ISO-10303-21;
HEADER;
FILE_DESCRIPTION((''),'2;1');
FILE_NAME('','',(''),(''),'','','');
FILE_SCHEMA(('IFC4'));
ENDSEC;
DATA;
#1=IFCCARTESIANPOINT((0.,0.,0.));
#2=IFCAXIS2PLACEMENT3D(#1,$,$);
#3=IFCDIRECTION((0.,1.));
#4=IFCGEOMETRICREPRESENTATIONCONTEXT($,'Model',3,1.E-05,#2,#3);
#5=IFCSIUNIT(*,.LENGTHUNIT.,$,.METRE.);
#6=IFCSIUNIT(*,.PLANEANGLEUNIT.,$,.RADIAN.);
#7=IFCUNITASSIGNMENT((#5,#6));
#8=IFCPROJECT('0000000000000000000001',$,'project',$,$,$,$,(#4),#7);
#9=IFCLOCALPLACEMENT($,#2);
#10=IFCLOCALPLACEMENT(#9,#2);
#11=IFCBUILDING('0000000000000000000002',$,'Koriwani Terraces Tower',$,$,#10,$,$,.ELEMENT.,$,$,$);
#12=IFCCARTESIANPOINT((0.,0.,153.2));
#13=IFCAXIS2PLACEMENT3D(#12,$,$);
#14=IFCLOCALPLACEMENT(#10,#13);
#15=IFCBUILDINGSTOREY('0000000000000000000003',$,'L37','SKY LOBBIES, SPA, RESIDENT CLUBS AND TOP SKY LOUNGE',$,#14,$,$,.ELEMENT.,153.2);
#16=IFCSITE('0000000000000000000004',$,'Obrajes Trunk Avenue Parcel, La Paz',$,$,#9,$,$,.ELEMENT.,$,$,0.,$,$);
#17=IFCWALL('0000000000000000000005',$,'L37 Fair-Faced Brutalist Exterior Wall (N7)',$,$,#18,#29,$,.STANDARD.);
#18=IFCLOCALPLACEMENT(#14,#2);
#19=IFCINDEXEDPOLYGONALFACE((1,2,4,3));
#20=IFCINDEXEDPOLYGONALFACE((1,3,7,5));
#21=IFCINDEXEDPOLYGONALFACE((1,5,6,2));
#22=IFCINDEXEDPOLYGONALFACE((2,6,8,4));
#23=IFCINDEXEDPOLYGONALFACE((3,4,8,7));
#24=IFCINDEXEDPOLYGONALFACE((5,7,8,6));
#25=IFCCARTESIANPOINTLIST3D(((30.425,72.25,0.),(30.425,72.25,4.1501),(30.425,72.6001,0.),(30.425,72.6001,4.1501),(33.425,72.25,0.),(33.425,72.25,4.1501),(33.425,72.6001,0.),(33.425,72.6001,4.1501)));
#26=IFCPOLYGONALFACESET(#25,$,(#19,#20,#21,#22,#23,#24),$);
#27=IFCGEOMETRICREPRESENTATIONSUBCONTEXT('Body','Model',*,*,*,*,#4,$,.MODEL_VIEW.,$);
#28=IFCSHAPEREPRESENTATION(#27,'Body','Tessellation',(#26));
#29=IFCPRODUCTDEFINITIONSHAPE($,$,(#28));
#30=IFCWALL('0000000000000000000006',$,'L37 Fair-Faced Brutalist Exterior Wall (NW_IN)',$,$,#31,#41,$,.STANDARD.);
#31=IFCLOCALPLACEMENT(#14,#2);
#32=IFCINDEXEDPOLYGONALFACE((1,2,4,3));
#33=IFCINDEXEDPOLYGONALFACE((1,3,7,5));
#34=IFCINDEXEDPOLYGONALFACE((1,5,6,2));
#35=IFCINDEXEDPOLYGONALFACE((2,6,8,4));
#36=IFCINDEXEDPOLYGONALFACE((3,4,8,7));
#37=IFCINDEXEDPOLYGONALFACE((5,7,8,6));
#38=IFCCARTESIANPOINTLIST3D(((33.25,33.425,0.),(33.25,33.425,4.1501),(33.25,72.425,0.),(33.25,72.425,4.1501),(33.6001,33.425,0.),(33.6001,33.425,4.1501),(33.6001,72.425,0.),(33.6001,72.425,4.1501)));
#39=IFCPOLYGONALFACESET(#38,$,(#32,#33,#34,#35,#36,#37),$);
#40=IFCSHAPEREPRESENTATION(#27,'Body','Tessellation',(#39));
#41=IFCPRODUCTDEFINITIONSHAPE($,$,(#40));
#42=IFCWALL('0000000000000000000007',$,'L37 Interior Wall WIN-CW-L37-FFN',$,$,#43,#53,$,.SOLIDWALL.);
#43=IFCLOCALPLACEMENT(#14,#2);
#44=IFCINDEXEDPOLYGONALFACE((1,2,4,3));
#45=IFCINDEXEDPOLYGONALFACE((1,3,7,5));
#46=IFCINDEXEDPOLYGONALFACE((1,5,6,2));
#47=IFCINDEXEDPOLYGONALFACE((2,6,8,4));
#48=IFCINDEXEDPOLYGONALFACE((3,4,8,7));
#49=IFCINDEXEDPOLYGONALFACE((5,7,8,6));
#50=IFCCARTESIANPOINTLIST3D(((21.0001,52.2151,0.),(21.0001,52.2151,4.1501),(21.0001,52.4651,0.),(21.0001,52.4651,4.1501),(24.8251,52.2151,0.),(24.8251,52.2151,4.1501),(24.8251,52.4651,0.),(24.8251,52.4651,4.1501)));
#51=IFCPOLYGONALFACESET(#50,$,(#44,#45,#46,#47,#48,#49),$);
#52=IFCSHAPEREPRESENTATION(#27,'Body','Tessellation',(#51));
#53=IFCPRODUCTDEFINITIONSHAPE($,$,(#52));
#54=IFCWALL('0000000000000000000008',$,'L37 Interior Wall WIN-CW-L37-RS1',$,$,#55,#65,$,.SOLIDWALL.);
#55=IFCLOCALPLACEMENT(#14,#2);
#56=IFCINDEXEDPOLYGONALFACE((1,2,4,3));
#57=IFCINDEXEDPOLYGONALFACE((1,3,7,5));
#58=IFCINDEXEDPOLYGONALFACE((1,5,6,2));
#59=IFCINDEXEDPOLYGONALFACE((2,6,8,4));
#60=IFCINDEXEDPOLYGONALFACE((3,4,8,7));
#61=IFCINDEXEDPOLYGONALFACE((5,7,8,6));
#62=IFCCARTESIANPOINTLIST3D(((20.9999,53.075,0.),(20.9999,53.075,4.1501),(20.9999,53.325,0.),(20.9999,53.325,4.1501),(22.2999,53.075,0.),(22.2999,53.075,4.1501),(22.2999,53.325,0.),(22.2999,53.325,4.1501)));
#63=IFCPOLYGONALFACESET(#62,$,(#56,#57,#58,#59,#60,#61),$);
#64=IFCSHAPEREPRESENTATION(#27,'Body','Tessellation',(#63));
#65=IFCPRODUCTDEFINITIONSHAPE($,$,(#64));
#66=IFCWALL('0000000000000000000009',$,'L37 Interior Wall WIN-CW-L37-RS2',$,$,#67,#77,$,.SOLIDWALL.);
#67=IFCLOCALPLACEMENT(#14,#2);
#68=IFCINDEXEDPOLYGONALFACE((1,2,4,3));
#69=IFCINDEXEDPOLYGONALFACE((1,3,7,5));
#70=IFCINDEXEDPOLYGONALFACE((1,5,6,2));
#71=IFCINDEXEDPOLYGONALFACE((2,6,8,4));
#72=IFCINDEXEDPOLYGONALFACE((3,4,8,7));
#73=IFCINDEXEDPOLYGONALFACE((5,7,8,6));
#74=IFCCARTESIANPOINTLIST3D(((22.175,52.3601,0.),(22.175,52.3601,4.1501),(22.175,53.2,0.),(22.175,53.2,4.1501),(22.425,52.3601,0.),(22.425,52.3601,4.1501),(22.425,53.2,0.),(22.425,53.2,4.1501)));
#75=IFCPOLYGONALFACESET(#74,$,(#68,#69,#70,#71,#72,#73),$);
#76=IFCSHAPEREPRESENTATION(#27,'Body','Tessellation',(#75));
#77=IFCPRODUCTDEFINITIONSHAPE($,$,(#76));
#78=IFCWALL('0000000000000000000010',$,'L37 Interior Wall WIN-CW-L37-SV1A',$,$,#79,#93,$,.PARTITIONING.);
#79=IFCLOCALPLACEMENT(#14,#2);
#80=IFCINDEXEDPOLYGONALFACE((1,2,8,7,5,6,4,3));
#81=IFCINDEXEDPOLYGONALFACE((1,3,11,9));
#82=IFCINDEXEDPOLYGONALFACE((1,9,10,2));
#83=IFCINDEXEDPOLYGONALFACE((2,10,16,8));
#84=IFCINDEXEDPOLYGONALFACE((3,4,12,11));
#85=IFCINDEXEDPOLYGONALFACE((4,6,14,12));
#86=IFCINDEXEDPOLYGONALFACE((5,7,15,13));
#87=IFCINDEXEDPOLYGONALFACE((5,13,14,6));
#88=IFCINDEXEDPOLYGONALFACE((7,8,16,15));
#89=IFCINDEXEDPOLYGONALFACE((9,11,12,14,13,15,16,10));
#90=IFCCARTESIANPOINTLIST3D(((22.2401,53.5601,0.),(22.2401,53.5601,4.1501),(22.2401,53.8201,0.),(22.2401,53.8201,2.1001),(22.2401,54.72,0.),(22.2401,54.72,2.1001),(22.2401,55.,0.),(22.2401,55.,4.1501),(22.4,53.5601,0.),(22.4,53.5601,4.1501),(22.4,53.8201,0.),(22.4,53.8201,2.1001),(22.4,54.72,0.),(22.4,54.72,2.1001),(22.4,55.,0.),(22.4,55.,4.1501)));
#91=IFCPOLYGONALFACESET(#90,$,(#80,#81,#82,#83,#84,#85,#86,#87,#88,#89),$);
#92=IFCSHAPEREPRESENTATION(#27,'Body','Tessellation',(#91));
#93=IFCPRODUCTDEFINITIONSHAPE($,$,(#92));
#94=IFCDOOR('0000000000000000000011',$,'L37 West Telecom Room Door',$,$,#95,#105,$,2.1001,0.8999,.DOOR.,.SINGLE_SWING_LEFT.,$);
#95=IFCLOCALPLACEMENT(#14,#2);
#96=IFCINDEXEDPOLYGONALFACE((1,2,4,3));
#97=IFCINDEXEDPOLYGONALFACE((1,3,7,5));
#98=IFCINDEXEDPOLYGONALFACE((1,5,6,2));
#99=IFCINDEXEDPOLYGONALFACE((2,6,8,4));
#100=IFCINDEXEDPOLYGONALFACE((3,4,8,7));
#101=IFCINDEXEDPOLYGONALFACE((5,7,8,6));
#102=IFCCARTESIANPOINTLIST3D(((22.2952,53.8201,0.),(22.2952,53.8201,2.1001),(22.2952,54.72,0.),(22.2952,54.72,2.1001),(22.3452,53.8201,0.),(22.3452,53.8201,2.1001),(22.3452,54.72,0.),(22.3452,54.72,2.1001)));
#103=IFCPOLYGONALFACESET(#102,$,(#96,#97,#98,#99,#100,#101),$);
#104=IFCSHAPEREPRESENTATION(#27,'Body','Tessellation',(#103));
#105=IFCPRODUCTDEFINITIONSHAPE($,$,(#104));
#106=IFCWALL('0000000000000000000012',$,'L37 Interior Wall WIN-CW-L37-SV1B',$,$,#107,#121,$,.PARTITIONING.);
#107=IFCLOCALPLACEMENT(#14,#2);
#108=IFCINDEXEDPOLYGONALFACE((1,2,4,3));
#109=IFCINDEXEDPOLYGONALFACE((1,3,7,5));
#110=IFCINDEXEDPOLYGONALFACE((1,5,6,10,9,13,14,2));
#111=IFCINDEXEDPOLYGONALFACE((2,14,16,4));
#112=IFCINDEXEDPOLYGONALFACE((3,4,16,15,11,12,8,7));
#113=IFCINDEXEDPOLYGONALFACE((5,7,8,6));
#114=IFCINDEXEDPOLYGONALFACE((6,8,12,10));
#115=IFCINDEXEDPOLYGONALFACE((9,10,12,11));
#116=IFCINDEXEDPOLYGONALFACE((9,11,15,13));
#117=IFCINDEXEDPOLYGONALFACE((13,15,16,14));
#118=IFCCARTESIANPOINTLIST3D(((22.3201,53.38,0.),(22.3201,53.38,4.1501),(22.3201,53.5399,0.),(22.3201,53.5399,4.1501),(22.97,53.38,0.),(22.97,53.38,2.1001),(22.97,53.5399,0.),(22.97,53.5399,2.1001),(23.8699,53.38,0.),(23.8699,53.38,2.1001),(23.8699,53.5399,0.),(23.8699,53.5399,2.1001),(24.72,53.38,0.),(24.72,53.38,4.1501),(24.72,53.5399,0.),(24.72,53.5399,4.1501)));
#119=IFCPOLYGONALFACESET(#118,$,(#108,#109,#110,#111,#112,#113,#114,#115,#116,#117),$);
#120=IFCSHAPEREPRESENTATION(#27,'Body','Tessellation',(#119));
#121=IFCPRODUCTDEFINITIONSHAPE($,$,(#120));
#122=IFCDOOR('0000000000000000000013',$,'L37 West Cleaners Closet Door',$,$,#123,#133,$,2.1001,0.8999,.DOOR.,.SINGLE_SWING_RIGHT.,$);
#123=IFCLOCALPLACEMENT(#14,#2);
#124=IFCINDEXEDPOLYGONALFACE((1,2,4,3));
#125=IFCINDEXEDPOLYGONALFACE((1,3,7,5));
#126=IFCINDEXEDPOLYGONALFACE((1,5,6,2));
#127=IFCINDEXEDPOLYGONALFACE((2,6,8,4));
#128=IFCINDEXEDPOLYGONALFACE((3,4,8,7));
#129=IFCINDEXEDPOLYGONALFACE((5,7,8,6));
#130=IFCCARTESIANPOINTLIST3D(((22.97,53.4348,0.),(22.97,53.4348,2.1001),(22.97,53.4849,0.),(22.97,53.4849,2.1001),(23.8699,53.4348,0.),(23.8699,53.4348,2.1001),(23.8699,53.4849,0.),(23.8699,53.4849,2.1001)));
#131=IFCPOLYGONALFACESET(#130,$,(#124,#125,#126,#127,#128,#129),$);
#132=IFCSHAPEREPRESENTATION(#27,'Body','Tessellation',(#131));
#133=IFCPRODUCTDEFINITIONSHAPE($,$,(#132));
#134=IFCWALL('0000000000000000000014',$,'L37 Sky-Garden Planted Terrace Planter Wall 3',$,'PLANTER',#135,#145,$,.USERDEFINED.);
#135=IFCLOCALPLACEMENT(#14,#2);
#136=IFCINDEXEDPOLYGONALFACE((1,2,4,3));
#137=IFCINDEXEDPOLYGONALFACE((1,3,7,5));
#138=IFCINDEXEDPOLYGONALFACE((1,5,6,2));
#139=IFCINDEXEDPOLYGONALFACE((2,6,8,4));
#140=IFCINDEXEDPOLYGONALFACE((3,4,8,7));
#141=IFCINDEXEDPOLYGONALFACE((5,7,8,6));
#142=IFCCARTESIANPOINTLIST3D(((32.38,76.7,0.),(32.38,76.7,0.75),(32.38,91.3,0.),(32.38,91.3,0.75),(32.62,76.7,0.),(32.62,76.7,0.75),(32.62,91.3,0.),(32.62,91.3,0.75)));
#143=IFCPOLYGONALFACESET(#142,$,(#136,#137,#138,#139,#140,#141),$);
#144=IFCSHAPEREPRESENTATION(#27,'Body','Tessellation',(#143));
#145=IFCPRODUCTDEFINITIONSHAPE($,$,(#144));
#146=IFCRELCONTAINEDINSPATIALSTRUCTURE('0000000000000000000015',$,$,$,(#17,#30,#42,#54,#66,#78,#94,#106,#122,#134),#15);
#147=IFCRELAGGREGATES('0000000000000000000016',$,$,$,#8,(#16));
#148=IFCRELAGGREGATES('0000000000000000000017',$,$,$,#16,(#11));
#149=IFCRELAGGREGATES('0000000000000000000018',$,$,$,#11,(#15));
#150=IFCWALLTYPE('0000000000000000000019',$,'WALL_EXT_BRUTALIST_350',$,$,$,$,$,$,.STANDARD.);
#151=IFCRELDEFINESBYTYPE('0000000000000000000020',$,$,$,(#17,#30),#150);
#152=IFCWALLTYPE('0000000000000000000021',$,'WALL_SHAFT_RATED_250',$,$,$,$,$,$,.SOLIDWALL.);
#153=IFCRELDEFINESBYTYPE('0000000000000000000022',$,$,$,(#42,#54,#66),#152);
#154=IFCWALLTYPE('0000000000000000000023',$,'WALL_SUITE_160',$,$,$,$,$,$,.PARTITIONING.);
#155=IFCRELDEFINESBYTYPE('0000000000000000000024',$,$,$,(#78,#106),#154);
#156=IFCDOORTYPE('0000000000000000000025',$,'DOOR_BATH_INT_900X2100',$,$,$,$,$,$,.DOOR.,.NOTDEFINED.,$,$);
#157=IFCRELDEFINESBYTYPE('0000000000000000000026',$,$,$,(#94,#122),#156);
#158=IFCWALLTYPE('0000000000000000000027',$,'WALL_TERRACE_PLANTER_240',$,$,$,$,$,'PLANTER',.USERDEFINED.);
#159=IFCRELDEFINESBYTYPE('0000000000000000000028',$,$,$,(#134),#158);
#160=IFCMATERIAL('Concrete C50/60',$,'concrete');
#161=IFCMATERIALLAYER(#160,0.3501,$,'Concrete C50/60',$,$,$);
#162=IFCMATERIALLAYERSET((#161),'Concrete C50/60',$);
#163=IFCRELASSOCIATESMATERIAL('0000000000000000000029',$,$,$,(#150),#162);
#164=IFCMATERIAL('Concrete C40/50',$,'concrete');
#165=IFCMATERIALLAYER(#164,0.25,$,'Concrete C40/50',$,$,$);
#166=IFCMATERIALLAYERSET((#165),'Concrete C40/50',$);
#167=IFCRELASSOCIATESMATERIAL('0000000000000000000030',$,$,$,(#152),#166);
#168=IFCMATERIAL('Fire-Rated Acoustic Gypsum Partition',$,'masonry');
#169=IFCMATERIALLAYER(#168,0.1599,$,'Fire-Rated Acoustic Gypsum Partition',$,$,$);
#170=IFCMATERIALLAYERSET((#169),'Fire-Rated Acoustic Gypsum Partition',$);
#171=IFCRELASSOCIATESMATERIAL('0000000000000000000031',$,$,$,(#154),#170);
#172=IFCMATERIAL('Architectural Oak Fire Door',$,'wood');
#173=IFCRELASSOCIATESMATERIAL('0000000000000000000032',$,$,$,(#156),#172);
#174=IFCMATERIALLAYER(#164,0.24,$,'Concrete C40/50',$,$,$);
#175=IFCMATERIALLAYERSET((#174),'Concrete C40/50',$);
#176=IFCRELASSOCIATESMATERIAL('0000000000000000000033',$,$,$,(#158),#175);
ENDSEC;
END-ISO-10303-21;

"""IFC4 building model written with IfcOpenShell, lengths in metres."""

from ifc_helpers import new_model, si_unit, direction, frame, frame_2d, origin, place, context, subcontext, project, spatial, rectangle, extrude, material, layer, layer_set, type_object, element, fill, save


model = new_model("IFC4")

# Units and contexts
model_context = context("Model", 3, precision=1e-05, world=origin(), true_north=direction((0.0, 1.0)))
body_context = subcontext(model_context, "Body", "Model", "MODEL_VIEW")
ifc_project = project(units=[si_unit("LENGTHUNIT", "METRE"), si_unit("PLANEANGLEUNIT", "RADIAN")], contexts=[model_context])

# Site, building, storey
site_placement = place(None, origin())
site = spatial("IfcSite", under=ifc_project, at=site_placement, Name="Obrajes Trunk Avenue Parcel, La Paz", CompositionType="ELEMENT", RefElevation=0.0)
building_placement = place(site_placement, origin())
building = spatial("IfcBuilding", under=site, at=building_placement, Name="Koriwani Terraces Tower", CompositionType="ELEMENT")
storey_placement = place(building_placement, frame((0.0, 0.0, 153.2)))
storey = spatial("IfcBuildingStorey", under=building, at=storey_placement, Name="L37", Description="SKY LOBBIES, SPA, RESIDENT CLUBS AND TOP SKY LOUNGE", CompositionType="ELEMENT", Elevation=153.2)

# Shared definitions
ifc_material_1 = material(Name="Concrete C50/60", Category="concrete")

# Walls
ifc_layer_1 = layer(ifc_material_1, 0.3501, Name="Concrete C50/60")
ifc_layer_set_1 = layer_set([ifc_layer_1], Name="Concrete C50/60")
wall_type_1 = type_object("IfcWallType", Name="WALL_EXT_BRUTALIST_350", PredefinedType="STANDARD", material=ifc_layer_set_1)
for number, where, z_axis, x_axis, name in (
    (1, (30.425, 72.425, 0.0), (0.0, 0.0, 1.0), (1.0, 0.0, 0.0), "L37 Fair-Faced Brutalist Exterior Wall (N7)"),
):
    element("IfcWall", number, at=place(storey_placement, frame(where, z_axis=z_axis, x_axis=x_axis)), inside=storey, type_object=wall_type_1, Name=name, PredefinedType="STANDARD", context=body_context, shape_type="SweptSolid", body=[
        extrude(rectangle(XDim=3.0, YDim=0.3501, at=frame_2d((1.5, 0.0))), origin(), (0.0, 0.0, 1.0), 4.1501),
    ])
wall_1_placement = place(storey_placement, frame((33.425, 72.425, 0.0), z_axis=(0.0, 0.0, 1.0), x_axis=(0.0, -1.0, 0.0)))
element("IfcWall", 2, at=wall_1_placement, inside=storey, type_object=wall_type_1, Name="L37 Fair-Faced Brutalist Exterior Wall (NW_IN)", PredefinedType="STANDARD", context=body_context, shape_type="SweptSolid", body=[
    extrude(rectangle(XDim=39.0, YDim=0.3501, at=frame_2d((19.5, 0.0))), origin(), (0.0, 0.0, 1.0), 4.1501),
])

# Shared definitions
ifc_material_2 = material(Name="Concrete C40/50", Category="concrete")
ifc_layer_2 = layer(ifc_material_2, 0.25, Name="Concrete C40/50")
ifc_layer_set_2 = layer_set([ifc_layer_2], Name="Concrete C40/50")
wall_type_2 = type_object("IfcWallType", Name="WALL_SHAFT_RATED_250", PredefinedType="SOLIDWALL", material=ifc_layer_set_2)

# Wall
wall_2_placement = place(storey_placement, frame((21.0, 52.3401, 0.0), z_axis=(0.0, 0.0, 1.0), x_axis=(1.0, 0.0, 0.0)))
element("IfcWall", 3, at=wall_2_placement, inside=storey, type_object=wall_type_2, Name="L37 Interior Wall WIN-CW-L37-FFN", PredefinedType="SOLIDWALL", context=body_context, shape_type="SweptSolid", body=[
    extrude(rectangle(XDim=3.825, YDim=0.25, at=frame_2d((1.9126, 0.0))), origin(), (0.0, 0.0, 1.0), 4.1501),
])

# Walls
wall_3_placement = place(storey_placement, frame((21.0, 53.2, 0.0), z_axis=(0.0, 0.0, 1.0), x_axis=(1.0, 0.0, 0.0)))
element("IfcWall", 4, at=wall_3_placement, inside=storey, type_object=wall_type_2, Name="L37 Interior Wall WIN-CW-L37-RS1", PredefinedType="SOLIDWALL", context=body_context, shape_type="SweptSolid", body=[
    extrude(rectangle(XDim=1.3, YDim=0.25, at=frame_2d((0.6499, 0.0))), origin(), (0.0, 0.0, 1.0), 4.1501),
])
wall_4_placement = place(storey_placement, frame((22.3, 52.3601, 0.0), z_axis=(0.0, 0.0, 1.0), x_axis=(0.0, 1.0, 0.0)))
element("IfcWall", 5, at=wall_4_placement, inside=storey, type_object=wall_type_2, Name="L37 Interior Wall WIN-CW-L37-RS2", PredefinedType="SOLIDWALL", context=body_context, shape_type="SweptSolid", body=[
    extrude(rectangle(XDim=0.8398, YDim=0.25, at=frame_2d((0.4199, 0.0))), origin(), (0.0, 0.0, 1.0), 4.1501),
])

# Walls, openings, doors
ifc_material_3 = material(Name="Fire-Rated Acoustic Gypsum Partition", Category="masonry")
ifc_layer_3 = layer(ifc_material_3, 0.1599, Name="Fire-Rated Acoustic Gypsum Partition")
ifc_layer_set_3 = layer_set([ifc_layer_3], Name="Fire-Rated Acoustic Gypsum Partition")
wall_type_3 = type_object("IfcWallType", Name="WALL_SUITE_160", PredefinedType="PARTITIONING", material=ifc_layer_set_3)
wall_5_placement = place(storey_placement, frame((22.3201, 53.5601, 0.0), z_axis=(0.0, 0.0, 1.0), x_axis=(0.0, 1.0, 0.0)))
wall_5 = element("IfcWall", 6, at=wall_5_placement, inside=storey, type_object=wall_type_3, Name="L37 Interior Wall WIN-CW-L37-SV1A", PredefinedType="PARTITIONING", context=body_context, shape_type="SweptSolid", body=[
    extrude(rectangle(XDim=1.4399, YDim=0.1599, at=frame_2d((0.72, 0.0))), origin(), (0.0, 0.0, 1.0), 4.1501),
])
opening_1_placement = place(wall_5_placement, frame((0.26, 0.0, 0.0)))
opening_1 = element("IfcOpeningElement", 7, at=opening_1_placement, cuts=wall_5, PredefinedType="OPENING", context=body_context, shape_type="SweptSolid", body=[
    extrude(rectangle(XDim=0.8999, YDim=2.1001, at=frame_2d((0.45, 1.05))), frame((0.0, 0.0898, 0.0), z_axis=(0.0, -1.0, 0.0), x_axis=(1.0, 0.0, 0.0)), (0.0, 0.0, 1.0), 0.1799),
])
ifc_material_4 = material(Name="Architectural Oak Fire Door", Category="wood")
door_type_1 = type_object("IfcDoorType", Name="DOOR_BATH_INT_900X2100", OperationType="NOTDEFINED", PredefinedType="DOOR", material=ifc_material_4)
door_1_placement = place(opening_1_placement, origin())
door_1 = element("IfcDoor", 8, at=door_1_placement, inside=storey, type_object=door_type_1, Name="L37 West Telecom Room Door", OperationType="SINGLE_SWING_LEFT", OverallHeight=2.1001, OverallWidth=0.8999, PredefinedType="DOOR", context=body_context, shape_type="SweptSolid", body=[
    extrude(rectangle(XDim=0.8999, YDim=2.1001, at=frame_2d((0.45, 1.05))), frame((0.0, 0.0249, 0.0), z_axis=(0.0, -1.0, 0.0), x_axis=(1.0, 0.0, 0.0)), (0.0, 0.0, 1.0), 0.05),
])
fill(opening_1, door_1)
wall_6_placement = place(storey_placement, frame((22.3201, 53.46, 0.0), z_axis=(0.0, 0.0, 1.0), x_axis=(1.0, 0.0, 0.0)))
wall_6 = element("IfcWall", 9, at=wall_6_placement, inside=storey, type_object=wall_type_3, Name="L37 Interior Wall WIN-CW-L37-SV1B", PredefinedType="PARTITIONING", context=body_context, shape_type="SweptSolid", body=[
    extrude(rectangle(XDim=2.3999, YDim=0.1599, at=frame_2d((1.2, 0.0))), origin(), (0.0, 0.0, 1.0), 4.1501),
])
opening_2_placement = place(wall_6_placement, frame((0.6499, 0.0, 0.0)))
opening_2 = element("IfcOpeningElement", 10, at=opening_2_placement, cuts=wall_6, PredefinedType="OPENING", context=body_context, shape_type="SweptSolid", body=[
    extrude(rectangle(XDim=0.8999, YDim=2.1001, at=frame_2d((0.45, 1.05))), frame((0.0, 0.0898, 0.0), z_axis=(0.0, -1.0, 0.0), x_axis=(1.0, 0.0, 0.0)), (0.0, 0.0, 1.0), 0.1799),
])
door_2_placement = place(opening_2_placement, origin())
door_2 = element("IfcDoor", 11, at=door_2_placement, inside=storey, type_object=door_type_1, Name="L37 West Cleaners Closet Door", OperationType="SINGLE_SWING_RIGHT", OverallHeight=2.1001, OverallWidth=0.8999, PredefinedType="DOOR", context=body_context, shape_type="SweptSolid", body=[
    extrude(rectangle(XDim=0.8999, YDim=2.1001, at=frame_2d((0.45, 1.05))), frame((0.0, 0.0249, 0.0), z_axis=(0.0, -1.0, 0.0), x_axis=(1.0, 0.0, 0.0)), (0.0, 0.0, 1.0), 0.05),
])
fill(opening_2, door_2)

# Wall
ifc_layer_4 = layer(ifc_material_2, 0.24, Name="Concrete C40/50")
ifc_layer_set_4 = layer_set([ifc_layer_4], Name="Concrete C40/50")
wall_type_4 = type_object("IfcWallType", Name="WALL_TERRACE_PLANTER_240", ElementType="PLANTER", PredefinedType="USERDEFINED", material=ifc_layer_set_4)
wall_7_placement = place(storey_placement, frame((32.5, 91.3, 0.0), z_axis=(0.0, 0.0, 1.0), x_axis=(0.0, -1.0, 0.0)))
element("IfcWall", 12, at=wall_7_placement, inside=storey, type_object=wall_type_4, Name="L37 Sky-Garden Planted Terrace Planter Wall 3", ObjectType="PLANTER", PredefinedType="USERDEFINED", context=body_context, shape_type="SweptSolid", body=[
    extrude(rectangle(XDim=14.6001, YDim=0.24, at=frame_2d((7.3, 0.0))), origin(), (0.0, 0.0, 1.0), 0.75),
])

save(model, "model.ifc")
